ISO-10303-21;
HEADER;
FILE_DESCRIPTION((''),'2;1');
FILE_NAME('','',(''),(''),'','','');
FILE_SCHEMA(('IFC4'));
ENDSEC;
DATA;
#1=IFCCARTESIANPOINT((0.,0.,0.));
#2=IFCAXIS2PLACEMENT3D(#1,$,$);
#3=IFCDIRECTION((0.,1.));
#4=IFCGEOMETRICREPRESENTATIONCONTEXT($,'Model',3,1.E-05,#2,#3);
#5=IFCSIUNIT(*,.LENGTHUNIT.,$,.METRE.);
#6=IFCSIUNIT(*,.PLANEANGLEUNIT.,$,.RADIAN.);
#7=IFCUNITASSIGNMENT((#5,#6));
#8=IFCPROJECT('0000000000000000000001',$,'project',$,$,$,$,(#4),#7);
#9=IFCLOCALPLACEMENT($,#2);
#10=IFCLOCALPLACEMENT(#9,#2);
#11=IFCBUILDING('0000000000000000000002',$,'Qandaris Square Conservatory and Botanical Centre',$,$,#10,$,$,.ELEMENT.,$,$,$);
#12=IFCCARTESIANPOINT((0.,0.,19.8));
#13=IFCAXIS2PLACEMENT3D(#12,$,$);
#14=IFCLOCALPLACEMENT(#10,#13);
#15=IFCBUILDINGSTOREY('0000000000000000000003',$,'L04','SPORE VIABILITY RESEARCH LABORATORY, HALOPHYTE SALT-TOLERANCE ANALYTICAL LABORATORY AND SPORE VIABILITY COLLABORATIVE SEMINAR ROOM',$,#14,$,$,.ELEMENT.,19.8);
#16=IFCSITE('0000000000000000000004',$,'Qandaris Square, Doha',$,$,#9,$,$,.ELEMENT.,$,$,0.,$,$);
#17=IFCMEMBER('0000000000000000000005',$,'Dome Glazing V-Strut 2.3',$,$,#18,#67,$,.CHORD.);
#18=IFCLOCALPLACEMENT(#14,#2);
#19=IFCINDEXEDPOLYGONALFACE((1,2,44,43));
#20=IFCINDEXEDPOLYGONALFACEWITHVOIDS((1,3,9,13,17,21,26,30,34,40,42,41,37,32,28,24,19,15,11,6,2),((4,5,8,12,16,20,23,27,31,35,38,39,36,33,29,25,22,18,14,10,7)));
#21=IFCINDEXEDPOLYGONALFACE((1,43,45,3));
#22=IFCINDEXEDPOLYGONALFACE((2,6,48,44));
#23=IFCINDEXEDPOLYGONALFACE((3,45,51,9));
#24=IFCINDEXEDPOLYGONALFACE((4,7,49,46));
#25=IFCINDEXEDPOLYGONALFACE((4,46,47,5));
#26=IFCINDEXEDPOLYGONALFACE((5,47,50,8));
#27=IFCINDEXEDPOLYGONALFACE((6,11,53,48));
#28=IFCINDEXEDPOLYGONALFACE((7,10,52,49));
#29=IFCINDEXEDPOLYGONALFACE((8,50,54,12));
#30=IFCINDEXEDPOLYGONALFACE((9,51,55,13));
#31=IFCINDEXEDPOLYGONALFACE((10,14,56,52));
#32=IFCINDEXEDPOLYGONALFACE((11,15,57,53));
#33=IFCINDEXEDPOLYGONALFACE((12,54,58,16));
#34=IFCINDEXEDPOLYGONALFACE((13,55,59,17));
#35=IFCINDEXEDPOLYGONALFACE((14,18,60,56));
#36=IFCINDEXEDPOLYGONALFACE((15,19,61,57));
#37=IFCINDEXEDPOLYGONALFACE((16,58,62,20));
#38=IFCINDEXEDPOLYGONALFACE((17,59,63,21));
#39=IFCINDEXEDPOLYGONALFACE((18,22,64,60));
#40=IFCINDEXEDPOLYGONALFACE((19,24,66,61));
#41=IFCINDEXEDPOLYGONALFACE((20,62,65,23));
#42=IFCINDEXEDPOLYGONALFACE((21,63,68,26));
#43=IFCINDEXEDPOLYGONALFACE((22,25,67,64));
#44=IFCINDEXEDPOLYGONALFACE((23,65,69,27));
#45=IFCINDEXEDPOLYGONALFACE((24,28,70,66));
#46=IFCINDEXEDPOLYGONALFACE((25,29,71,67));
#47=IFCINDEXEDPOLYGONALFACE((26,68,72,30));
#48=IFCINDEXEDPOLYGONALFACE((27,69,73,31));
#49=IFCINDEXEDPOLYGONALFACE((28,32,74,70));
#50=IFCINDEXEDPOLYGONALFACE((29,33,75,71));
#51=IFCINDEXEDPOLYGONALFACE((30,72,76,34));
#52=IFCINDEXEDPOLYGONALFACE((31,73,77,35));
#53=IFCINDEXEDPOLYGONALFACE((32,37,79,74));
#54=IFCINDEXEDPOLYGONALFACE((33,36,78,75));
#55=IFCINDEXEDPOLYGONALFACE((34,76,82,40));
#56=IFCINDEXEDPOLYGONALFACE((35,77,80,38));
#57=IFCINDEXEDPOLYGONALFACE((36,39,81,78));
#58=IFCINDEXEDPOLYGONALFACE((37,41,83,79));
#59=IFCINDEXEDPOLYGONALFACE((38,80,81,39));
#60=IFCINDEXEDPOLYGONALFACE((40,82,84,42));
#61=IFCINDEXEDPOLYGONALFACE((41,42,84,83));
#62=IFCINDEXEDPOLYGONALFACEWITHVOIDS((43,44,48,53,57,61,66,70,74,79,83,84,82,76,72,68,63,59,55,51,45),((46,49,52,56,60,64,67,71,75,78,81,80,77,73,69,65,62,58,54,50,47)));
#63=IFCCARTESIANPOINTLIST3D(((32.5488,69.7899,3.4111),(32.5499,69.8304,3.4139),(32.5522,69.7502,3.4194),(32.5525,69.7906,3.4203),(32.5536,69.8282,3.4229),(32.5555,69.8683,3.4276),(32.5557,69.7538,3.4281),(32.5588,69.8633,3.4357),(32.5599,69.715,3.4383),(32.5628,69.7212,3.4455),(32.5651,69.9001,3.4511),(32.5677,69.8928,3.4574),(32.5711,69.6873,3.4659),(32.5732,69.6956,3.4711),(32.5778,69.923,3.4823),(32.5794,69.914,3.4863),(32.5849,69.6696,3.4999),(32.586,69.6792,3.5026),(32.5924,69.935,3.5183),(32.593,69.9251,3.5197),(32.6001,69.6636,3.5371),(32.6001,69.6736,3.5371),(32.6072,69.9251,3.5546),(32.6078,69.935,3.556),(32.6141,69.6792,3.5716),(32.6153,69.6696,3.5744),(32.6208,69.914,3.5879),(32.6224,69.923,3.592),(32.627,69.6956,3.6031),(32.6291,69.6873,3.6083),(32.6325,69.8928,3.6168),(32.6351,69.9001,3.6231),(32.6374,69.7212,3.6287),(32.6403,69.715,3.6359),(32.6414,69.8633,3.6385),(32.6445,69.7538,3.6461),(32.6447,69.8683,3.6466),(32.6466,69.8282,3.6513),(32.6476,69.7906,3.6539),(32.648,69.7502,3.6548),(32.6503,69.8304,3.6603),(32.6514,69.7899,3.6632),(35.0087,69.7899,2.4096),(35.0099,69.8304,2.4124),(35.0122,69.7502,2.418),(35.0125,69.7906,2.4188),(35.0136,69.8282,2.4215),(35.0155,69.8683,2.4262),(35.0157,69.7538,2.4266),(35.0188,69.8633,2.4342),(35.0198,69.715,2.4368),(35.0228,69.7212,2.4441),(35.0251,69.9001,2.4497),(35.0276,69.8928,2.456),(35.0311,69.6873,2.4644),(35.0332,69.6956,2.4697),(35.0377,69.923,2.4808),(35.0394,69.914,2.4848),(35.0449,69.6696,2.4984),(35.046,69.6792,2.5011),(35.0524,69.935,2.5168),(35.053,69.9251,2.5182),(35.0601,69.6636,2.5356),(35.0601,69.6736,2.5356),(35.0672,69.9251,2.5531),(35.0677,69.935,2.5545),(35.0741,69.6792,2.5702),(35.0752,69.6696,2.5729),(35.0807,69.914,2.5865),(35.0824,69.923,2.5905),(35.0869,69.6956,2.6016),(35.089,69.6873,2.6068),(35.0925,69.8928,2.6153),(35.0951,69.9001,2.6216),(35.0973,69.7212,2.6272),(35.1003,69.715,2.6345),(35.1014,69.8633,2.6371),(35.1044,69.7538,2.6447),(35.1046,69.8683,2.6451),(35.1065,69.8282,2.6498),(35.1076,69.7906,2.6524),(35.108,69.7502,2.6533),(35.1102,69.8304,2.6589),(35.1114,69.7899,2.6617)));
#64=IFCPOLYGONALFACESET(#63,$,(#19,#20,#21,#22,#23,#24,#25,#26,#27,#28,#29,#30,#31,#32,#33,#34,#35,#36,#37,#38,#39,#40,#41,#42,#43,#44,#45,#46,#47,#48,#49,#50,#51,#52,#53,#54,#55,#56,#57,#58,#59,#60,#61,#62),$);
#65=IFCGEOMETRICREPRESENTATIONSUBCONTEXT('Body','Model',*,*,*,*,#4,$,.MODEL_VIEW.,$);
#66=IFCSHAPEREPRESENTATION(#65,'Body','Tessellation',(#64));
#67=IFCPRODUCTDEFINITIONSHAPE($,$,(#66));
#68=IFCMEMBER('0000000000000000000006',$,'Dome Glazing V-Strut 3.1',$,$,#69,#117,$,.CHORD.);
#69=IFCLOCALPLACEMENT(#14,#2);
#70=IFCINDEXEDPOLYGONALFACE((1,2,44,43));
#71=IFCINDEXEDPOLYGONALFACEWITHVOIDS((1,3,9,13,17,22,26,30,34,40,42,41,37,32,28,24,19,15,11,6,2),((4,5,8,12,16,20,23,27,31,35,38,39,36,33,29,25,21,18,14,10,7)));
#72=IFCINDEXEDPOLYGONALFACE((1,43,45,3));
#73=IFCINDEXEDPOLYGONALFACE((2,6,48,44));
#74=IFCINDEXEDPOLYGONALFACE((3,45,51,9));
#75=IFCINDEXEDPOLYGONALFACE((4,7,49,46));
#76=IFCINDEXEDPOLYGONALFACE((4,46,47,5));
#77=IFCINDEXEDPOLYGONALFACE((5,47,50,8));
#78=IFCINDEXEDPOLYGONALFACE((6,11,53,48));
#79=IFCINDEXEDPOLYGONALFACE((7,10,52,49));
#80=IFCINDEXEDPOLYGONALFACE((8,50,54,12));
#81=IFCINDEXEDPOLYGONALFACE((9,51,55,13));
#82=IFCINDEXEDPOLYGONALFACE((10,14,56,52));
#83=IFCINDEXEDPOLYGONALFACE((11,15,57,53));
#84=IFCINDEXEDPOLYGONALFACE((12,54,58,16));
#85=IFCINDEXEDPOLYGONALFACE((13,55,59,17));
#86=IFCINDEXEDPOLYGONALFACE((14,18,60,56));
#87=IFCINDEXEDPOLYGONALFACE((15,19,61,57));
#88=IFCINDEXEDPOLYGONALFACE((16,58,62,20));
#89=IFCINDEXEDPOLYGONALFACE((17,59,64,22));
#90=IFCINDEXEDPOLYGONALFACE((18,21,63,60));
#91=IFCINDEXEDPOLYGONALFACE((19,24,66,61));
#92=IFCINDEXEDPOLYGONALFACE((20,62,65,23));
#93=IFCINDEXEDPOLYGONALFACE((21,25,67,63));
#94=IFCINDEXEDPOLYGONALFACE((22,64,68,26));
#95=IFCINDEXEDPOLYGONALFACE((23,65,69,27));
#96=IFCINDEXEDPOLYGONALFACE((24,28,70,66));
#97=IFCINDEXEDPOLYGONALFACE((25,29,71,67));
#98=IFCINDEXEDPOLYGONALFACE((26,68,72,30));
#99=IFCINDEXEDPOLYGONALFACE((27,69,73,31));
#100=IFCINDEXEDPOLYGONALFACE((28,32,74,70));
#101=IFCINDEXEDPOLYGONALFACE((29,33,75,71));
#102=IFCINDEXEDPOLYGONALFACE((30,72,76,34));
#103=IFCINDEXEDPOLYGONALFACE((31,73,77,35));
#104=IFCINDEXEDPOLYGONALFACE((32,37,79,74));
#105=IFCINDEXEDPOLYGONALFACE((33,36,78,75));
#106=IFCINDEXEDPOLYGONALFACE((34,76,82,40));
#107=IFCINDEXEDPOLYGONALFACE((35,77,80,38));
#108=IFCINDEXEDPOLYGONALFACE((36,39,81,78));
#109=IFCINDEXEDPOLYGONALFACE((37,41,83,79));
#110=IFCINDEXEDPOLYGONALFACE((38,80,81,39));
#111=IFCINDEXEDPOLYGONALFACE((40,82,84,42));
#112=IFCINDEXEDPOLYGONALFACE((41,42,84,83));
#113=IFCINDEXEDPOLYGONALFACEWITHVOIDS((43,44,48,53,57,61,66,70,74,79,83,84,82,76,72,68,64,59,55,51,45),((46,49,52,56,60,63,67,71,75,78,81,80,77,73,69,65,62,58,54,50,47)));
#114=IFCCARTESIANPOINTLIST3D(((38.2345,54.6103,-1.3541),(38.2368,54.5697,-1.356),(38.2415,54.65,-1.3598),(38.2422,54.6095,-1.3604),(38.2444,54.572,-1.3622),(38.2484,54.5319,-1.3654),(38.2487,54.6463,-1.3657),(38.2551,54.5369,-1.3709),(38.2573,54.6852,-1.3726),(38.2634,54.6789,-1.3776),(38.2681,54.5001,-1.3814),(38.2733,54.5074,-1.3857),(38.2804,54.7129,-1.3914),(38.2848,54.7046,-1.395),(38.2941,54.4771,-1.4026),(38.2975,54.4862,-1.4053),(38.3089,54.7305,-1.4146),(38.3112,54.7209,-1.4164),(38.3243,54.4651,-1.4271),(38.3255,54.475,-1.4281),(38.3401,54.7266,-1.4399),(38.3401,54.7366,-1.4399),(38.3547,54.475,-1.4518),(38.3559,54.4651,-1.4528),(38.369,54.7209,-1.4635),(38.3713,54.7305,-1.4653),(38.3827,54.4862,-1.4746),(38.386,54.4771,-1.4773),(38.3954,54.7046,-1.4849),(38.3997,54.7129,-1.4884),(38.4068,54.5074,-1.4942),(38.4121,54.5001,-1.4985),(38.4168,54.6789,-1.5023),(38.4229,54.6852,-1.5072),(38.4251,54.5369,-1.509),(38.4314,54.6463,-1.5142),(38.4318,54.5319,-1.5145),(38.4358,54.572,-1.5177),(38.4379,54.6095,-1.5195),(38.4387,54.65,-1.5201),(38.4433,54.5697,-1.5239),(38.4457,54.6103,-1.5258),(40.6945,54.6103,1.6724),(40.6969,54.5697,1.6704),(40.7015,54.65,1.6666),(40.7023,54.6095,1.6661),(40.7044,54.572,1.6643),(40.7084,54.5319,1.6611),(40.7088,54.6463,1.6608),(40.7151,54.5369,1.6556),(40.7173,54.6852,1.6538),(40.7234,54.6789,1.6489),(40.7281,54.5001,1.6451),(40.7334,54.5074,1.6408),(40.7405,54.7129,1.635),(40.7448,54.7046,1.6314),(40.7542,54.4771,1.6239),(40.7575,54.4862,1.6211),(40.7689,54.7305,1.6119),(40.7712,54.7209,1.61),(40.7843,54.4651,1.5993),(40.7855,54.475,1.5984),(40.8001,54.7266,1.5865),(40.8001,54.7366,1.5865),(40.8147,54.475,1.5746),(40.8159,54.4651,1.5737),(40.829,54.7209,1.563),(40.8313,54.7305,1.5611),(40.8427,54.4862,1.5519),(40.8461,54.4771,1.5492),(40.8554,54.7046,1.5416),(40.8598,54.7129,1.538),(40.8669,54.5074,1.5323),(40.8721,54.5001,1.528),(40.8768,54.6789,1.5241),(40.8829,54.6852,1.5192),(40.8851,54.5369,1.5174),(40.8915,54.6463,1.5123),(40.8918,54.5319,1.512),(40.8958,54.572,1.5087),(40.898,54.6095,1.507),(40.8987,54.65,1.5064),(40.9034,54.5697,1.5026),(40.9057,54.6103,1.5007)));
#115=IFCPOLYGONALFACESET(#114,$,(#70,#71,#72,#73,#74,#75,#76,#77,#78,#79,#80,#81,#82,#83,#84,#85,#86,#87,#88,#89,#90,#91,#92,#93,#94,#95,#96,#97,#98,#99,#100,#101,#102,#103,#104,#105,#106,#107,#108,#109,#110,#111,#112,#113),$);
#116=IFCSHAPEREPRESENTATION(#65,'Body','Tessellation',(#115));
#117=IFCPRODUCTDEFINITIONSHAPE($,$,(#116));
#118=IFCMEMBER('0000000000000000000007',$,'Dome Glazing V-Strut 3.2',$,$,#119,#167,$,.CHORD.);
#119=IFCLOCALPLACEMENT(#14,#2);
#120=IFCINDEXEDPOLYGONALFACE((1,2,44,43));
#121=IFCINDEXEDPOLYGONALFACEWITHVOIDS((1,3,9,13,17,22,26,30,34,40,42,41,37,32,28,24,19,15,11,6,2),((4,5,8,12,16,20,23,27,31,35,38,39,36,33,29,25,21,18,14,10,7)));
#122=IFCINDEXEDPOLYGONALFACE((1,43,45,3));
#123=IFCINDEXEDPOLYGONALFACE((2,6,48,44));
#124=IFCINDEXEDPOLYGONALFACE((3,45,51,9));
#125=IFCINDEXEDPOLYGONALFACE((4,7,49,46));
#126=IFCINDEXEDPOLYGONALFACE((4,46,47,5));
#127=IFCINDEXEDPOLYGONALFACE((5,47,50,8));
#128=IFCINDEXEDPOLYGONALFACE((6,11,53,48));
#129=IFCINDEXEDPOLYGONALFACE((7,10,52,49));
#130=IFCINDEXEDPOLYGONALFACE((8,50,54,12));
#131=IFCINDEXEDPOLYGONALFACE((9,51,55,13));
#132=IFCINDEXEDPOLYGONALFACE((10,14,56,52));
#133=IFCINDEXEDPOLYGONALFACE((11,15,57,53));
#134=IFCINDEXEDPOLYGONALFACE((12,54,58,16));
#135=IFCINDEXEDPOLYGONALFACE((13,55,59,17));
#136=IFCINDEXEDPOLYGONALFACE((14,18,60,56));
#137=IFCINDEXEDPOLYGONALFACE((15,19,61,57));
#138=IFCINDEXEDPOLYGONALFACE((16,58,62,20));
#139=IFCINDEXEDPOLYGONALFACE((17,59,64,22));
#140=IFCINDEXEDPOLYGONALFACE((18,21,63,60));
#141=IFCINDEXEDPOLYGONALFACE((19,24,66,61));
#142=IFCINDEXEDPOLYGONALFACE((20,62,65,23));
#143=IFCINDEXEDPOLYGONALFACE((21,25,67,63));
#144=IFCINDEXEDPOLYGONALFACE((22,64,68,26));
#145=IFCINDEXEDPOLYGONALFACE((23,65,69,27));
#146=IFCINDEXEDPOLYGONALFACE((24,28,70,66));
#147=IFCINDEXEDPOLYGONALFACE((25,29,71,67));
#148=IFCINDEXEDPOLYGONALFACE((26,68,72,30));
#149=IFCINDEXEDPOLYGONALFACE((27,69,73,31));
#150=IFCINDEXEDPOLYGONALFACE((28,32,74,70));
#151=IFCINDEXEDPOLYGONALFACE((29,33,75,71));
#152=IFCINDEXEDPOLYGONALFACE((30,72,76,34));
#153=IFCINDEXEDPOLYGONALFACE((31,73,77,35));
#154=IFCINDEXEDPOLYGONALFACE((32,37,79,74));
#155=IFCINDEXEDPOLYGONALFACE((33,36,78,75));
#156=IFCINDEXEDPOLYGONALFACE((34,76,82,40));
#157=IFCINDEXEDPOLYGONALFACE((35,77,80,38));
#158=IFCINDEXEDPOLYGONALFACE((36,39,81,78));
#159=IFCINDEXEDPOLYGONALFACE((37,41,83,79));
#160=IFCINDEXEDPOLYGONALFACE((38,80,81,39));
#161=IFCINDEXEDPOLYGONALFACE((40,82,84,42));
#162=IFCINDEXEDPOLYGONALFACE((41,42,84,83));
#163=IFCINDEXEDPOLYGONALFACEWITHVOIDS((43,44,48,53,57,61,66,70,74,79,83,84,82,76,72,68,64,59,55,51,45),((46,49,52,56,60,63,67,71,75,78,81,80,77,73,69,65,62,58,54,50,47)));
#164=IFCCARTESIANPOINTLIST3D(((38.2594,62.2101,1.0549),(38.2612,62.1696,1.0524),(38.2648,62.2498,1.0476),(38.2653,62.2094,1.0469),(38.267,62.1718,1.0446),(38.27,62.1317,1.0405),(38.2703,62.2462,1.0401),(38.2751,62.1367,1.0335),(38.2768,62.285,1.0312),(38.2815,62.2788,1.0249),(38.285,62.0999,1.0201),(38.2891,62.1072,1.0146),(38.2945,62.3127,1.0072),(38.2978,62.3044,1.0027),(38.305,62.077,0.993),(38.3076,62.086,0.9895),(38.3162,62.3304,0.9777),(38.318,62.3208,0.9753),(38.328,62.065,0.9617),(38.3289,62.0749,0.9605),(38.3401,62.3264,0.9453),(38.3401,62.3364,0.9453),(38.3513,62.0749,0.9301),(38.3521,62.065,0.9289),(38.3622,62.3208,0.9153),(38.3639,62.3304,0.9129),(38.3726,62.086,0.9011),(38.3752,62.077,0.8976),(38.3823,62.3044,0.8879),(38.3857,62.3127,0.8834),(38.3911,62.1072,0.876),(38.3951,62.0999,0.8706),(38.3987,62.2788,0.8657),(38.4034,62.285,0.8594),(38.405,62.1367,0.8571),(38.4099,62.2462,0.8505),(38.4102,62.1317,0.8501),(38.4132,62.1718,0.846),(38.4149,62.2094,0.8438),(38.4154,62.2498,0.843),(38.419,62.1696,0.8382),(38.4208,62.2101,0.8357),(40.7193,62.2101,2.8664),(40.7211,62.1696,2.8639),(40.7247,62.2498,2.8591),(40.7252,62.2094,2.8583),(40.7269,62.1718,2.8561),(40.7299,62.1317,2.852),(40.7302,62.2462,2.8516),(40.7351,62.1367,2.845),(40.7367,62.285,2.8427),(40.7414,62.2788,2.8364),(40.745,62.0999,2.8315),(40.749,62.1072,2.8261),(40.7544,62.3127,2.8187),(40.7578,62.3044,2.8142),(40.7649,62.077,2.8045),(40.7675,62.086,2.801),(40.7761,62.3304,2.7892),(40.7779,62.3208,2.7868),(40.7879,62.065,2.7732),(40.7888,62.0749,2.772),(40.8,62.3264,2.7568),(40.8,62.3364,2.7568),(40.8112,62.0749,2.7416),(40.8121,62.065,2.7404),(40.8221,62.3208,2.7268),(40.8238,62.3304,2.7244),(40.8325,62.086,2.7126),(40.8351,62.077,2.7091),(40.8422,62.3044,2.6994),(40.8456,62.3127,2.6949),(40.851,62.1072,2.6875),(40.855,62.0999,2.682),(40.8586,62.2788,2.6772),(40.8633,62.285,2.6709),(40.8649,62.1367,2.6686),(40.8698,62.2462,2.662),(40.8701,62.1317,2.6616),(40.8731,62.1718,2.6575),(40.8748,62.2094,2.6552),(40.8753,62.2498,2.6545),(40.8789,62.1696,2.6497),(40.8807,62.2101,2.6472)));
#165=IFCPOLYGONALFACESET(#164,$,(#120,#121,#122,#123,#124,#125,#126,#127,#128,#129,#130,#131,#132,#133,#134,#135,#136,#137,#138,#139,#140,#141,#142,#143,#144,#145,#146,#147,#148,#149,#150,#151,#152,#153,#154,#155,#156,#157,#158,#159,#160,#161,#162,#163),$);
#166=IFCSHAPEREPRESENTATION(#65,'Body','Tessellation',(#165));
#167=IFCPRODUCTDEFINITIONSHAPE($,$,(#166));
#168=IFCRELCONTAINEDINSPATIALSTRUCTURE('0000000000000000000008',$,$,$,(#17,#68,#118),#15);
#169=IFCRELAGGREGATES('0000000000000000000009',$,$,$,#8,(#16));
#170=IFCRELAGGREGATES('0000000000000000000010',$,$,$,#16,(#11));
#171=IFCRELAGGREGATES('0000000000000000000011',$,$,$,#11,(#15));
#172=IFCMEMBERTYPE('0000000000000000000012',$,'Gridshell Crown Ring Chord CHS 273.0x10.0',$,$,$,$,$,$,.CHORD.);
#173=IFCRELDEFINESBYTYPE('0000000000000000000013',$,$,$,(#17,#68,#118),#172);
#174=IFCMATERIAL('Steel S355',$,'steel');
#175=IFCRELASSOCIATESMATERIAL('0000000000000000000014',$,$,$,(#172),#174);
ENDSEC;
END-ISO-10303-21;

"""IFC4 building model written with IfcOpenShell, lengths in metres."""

from ifc_helpers import new_model, si_unit, direction, frame, origin, origin_2d, place, context, subcontext, project, spatial, hollow_circle, extrude, material, material_profile, profile_set, type_object, element, save


model = new_model("IFC4")

# Units and contexts
model_context = context("Model", 3, precision=1e-05, world=origin(), true_north=direction((0.0, 1.0)))
body_context = subcontext(model_context, "Body", "Model", "MODEL_VIEW")
ifc_project = project(units=[si_unit("LENGTHUNIT", "METRE"), si_unit("PLANEANGLEUNIT", "RADIAN")], contexts=[model_context])

# Site, building, storey
site_placement = place(None, origin())
site = spatial("IfcSite", under=ifc_project, at=site_placement, Name="Qandaris Square, Doha", CompositionType="ELEMENT", RefElevation=0.0)
building_placement = place(site_placement, origin())
building = spatial("IfcBuilding", under=site, at=building_placement, Name="Qandaris Square Conservatory and Botanical Centre", CompositionType="ELEMENT")
storey_placement = place(building_placement, frame((0.0, 0.0, 19.8)))
storey = spatial("IfcBuildingStorey", under=building, at=storey_placement, Name="L04", Description="SPORE VIABILITY RESEARCH LABORATORY, HALOPHYTE SALT-TOLERANCE ANALYTICAL LABORATORY AND SPORE VIABILITY COLLABORATIVE SEMINAR ROOM", CompositionType="ELEMENT", Elevation=19.8)

# Members
ifc_material = material(Name="Steel S355", Category="steel")
ifc_material_profile_1 = material_profile(ifc_material, hollow_circle(Radius=0.1365, WallThickness=0.01, at=origin_2d()), Name="CHS 273.0x10.0")
ifc_profile_set_1 = profile_set([ifc_material_profile_1], Name="Steel S355")
member_type_1 = type_object("IfcMemberType", Name="Gridshell Crown Ring Chord CHS 273.0x10.0", PredefinedType="CHORD", material=ifc_profile_set_1)
member_1_placement = place(storey_placement, frame((35.0601, 69.8, 2.5356), z_axis=(-0.92619, 0.0, 0.377057), x_axis=(0.0, -1.0, 0.0)))
element("IfcMember", 1, at=member_1_placement, inside=storey, type_object=member_type_1, Name="Dome Glazing V-Strut 2.3", PredefinedType="CHORD", context=body_context, shape_type="SweptSolid", body=[
    extrude(hollow_circle(Radius=0.1365, WallThickness=0.01, at=origin_2d()), origin(), (0.0, 0.0, 1.0), 2.656),
])
member_2_placement = place(storey_placement, frame((38.3401, 54.6001, -1.4399), z_axis=(0.630753, 0.0, 0.775984), x_axis=(0.0, 1.0, 0.0)))
element("IfcMember", 2, at=member_2_placement, inside=storey, type_object=member_type_1, Name="Dome Glazing V-Strut 3.1", PredefinedType="CHORD", context=body_context, shape_type="SweptSolid", body=[
    extrude(hollow_circle(Radius=0.1365, WallThickness=0.01, at=origin_2d()), origin(), (0.0, 0.0, 1.0), 3.9001),
])
member_3_placement = place(storey_placement, frame((38.3401, 62.2, 0.9453), z_axis=(0.805225, 0.0, 0.59297), x_axis=(0.0, 1.0, 0.0)))
element("IfcMember", 3, at=member_3_placement, inside=storey, type_object=member_type_1, Name="Dome Glazing V-Strut 3.2", PredefinedType="CHORD", context=body_context, shape_type="SweptSolid", body=[
    extrude(hollow_circle(Radius=0.1365, WallThickness=0.01, at=origin_2d()), origin(), (0.0, 0.0, 1.0), 3.0549),
])

save(model, "model.ifc")
